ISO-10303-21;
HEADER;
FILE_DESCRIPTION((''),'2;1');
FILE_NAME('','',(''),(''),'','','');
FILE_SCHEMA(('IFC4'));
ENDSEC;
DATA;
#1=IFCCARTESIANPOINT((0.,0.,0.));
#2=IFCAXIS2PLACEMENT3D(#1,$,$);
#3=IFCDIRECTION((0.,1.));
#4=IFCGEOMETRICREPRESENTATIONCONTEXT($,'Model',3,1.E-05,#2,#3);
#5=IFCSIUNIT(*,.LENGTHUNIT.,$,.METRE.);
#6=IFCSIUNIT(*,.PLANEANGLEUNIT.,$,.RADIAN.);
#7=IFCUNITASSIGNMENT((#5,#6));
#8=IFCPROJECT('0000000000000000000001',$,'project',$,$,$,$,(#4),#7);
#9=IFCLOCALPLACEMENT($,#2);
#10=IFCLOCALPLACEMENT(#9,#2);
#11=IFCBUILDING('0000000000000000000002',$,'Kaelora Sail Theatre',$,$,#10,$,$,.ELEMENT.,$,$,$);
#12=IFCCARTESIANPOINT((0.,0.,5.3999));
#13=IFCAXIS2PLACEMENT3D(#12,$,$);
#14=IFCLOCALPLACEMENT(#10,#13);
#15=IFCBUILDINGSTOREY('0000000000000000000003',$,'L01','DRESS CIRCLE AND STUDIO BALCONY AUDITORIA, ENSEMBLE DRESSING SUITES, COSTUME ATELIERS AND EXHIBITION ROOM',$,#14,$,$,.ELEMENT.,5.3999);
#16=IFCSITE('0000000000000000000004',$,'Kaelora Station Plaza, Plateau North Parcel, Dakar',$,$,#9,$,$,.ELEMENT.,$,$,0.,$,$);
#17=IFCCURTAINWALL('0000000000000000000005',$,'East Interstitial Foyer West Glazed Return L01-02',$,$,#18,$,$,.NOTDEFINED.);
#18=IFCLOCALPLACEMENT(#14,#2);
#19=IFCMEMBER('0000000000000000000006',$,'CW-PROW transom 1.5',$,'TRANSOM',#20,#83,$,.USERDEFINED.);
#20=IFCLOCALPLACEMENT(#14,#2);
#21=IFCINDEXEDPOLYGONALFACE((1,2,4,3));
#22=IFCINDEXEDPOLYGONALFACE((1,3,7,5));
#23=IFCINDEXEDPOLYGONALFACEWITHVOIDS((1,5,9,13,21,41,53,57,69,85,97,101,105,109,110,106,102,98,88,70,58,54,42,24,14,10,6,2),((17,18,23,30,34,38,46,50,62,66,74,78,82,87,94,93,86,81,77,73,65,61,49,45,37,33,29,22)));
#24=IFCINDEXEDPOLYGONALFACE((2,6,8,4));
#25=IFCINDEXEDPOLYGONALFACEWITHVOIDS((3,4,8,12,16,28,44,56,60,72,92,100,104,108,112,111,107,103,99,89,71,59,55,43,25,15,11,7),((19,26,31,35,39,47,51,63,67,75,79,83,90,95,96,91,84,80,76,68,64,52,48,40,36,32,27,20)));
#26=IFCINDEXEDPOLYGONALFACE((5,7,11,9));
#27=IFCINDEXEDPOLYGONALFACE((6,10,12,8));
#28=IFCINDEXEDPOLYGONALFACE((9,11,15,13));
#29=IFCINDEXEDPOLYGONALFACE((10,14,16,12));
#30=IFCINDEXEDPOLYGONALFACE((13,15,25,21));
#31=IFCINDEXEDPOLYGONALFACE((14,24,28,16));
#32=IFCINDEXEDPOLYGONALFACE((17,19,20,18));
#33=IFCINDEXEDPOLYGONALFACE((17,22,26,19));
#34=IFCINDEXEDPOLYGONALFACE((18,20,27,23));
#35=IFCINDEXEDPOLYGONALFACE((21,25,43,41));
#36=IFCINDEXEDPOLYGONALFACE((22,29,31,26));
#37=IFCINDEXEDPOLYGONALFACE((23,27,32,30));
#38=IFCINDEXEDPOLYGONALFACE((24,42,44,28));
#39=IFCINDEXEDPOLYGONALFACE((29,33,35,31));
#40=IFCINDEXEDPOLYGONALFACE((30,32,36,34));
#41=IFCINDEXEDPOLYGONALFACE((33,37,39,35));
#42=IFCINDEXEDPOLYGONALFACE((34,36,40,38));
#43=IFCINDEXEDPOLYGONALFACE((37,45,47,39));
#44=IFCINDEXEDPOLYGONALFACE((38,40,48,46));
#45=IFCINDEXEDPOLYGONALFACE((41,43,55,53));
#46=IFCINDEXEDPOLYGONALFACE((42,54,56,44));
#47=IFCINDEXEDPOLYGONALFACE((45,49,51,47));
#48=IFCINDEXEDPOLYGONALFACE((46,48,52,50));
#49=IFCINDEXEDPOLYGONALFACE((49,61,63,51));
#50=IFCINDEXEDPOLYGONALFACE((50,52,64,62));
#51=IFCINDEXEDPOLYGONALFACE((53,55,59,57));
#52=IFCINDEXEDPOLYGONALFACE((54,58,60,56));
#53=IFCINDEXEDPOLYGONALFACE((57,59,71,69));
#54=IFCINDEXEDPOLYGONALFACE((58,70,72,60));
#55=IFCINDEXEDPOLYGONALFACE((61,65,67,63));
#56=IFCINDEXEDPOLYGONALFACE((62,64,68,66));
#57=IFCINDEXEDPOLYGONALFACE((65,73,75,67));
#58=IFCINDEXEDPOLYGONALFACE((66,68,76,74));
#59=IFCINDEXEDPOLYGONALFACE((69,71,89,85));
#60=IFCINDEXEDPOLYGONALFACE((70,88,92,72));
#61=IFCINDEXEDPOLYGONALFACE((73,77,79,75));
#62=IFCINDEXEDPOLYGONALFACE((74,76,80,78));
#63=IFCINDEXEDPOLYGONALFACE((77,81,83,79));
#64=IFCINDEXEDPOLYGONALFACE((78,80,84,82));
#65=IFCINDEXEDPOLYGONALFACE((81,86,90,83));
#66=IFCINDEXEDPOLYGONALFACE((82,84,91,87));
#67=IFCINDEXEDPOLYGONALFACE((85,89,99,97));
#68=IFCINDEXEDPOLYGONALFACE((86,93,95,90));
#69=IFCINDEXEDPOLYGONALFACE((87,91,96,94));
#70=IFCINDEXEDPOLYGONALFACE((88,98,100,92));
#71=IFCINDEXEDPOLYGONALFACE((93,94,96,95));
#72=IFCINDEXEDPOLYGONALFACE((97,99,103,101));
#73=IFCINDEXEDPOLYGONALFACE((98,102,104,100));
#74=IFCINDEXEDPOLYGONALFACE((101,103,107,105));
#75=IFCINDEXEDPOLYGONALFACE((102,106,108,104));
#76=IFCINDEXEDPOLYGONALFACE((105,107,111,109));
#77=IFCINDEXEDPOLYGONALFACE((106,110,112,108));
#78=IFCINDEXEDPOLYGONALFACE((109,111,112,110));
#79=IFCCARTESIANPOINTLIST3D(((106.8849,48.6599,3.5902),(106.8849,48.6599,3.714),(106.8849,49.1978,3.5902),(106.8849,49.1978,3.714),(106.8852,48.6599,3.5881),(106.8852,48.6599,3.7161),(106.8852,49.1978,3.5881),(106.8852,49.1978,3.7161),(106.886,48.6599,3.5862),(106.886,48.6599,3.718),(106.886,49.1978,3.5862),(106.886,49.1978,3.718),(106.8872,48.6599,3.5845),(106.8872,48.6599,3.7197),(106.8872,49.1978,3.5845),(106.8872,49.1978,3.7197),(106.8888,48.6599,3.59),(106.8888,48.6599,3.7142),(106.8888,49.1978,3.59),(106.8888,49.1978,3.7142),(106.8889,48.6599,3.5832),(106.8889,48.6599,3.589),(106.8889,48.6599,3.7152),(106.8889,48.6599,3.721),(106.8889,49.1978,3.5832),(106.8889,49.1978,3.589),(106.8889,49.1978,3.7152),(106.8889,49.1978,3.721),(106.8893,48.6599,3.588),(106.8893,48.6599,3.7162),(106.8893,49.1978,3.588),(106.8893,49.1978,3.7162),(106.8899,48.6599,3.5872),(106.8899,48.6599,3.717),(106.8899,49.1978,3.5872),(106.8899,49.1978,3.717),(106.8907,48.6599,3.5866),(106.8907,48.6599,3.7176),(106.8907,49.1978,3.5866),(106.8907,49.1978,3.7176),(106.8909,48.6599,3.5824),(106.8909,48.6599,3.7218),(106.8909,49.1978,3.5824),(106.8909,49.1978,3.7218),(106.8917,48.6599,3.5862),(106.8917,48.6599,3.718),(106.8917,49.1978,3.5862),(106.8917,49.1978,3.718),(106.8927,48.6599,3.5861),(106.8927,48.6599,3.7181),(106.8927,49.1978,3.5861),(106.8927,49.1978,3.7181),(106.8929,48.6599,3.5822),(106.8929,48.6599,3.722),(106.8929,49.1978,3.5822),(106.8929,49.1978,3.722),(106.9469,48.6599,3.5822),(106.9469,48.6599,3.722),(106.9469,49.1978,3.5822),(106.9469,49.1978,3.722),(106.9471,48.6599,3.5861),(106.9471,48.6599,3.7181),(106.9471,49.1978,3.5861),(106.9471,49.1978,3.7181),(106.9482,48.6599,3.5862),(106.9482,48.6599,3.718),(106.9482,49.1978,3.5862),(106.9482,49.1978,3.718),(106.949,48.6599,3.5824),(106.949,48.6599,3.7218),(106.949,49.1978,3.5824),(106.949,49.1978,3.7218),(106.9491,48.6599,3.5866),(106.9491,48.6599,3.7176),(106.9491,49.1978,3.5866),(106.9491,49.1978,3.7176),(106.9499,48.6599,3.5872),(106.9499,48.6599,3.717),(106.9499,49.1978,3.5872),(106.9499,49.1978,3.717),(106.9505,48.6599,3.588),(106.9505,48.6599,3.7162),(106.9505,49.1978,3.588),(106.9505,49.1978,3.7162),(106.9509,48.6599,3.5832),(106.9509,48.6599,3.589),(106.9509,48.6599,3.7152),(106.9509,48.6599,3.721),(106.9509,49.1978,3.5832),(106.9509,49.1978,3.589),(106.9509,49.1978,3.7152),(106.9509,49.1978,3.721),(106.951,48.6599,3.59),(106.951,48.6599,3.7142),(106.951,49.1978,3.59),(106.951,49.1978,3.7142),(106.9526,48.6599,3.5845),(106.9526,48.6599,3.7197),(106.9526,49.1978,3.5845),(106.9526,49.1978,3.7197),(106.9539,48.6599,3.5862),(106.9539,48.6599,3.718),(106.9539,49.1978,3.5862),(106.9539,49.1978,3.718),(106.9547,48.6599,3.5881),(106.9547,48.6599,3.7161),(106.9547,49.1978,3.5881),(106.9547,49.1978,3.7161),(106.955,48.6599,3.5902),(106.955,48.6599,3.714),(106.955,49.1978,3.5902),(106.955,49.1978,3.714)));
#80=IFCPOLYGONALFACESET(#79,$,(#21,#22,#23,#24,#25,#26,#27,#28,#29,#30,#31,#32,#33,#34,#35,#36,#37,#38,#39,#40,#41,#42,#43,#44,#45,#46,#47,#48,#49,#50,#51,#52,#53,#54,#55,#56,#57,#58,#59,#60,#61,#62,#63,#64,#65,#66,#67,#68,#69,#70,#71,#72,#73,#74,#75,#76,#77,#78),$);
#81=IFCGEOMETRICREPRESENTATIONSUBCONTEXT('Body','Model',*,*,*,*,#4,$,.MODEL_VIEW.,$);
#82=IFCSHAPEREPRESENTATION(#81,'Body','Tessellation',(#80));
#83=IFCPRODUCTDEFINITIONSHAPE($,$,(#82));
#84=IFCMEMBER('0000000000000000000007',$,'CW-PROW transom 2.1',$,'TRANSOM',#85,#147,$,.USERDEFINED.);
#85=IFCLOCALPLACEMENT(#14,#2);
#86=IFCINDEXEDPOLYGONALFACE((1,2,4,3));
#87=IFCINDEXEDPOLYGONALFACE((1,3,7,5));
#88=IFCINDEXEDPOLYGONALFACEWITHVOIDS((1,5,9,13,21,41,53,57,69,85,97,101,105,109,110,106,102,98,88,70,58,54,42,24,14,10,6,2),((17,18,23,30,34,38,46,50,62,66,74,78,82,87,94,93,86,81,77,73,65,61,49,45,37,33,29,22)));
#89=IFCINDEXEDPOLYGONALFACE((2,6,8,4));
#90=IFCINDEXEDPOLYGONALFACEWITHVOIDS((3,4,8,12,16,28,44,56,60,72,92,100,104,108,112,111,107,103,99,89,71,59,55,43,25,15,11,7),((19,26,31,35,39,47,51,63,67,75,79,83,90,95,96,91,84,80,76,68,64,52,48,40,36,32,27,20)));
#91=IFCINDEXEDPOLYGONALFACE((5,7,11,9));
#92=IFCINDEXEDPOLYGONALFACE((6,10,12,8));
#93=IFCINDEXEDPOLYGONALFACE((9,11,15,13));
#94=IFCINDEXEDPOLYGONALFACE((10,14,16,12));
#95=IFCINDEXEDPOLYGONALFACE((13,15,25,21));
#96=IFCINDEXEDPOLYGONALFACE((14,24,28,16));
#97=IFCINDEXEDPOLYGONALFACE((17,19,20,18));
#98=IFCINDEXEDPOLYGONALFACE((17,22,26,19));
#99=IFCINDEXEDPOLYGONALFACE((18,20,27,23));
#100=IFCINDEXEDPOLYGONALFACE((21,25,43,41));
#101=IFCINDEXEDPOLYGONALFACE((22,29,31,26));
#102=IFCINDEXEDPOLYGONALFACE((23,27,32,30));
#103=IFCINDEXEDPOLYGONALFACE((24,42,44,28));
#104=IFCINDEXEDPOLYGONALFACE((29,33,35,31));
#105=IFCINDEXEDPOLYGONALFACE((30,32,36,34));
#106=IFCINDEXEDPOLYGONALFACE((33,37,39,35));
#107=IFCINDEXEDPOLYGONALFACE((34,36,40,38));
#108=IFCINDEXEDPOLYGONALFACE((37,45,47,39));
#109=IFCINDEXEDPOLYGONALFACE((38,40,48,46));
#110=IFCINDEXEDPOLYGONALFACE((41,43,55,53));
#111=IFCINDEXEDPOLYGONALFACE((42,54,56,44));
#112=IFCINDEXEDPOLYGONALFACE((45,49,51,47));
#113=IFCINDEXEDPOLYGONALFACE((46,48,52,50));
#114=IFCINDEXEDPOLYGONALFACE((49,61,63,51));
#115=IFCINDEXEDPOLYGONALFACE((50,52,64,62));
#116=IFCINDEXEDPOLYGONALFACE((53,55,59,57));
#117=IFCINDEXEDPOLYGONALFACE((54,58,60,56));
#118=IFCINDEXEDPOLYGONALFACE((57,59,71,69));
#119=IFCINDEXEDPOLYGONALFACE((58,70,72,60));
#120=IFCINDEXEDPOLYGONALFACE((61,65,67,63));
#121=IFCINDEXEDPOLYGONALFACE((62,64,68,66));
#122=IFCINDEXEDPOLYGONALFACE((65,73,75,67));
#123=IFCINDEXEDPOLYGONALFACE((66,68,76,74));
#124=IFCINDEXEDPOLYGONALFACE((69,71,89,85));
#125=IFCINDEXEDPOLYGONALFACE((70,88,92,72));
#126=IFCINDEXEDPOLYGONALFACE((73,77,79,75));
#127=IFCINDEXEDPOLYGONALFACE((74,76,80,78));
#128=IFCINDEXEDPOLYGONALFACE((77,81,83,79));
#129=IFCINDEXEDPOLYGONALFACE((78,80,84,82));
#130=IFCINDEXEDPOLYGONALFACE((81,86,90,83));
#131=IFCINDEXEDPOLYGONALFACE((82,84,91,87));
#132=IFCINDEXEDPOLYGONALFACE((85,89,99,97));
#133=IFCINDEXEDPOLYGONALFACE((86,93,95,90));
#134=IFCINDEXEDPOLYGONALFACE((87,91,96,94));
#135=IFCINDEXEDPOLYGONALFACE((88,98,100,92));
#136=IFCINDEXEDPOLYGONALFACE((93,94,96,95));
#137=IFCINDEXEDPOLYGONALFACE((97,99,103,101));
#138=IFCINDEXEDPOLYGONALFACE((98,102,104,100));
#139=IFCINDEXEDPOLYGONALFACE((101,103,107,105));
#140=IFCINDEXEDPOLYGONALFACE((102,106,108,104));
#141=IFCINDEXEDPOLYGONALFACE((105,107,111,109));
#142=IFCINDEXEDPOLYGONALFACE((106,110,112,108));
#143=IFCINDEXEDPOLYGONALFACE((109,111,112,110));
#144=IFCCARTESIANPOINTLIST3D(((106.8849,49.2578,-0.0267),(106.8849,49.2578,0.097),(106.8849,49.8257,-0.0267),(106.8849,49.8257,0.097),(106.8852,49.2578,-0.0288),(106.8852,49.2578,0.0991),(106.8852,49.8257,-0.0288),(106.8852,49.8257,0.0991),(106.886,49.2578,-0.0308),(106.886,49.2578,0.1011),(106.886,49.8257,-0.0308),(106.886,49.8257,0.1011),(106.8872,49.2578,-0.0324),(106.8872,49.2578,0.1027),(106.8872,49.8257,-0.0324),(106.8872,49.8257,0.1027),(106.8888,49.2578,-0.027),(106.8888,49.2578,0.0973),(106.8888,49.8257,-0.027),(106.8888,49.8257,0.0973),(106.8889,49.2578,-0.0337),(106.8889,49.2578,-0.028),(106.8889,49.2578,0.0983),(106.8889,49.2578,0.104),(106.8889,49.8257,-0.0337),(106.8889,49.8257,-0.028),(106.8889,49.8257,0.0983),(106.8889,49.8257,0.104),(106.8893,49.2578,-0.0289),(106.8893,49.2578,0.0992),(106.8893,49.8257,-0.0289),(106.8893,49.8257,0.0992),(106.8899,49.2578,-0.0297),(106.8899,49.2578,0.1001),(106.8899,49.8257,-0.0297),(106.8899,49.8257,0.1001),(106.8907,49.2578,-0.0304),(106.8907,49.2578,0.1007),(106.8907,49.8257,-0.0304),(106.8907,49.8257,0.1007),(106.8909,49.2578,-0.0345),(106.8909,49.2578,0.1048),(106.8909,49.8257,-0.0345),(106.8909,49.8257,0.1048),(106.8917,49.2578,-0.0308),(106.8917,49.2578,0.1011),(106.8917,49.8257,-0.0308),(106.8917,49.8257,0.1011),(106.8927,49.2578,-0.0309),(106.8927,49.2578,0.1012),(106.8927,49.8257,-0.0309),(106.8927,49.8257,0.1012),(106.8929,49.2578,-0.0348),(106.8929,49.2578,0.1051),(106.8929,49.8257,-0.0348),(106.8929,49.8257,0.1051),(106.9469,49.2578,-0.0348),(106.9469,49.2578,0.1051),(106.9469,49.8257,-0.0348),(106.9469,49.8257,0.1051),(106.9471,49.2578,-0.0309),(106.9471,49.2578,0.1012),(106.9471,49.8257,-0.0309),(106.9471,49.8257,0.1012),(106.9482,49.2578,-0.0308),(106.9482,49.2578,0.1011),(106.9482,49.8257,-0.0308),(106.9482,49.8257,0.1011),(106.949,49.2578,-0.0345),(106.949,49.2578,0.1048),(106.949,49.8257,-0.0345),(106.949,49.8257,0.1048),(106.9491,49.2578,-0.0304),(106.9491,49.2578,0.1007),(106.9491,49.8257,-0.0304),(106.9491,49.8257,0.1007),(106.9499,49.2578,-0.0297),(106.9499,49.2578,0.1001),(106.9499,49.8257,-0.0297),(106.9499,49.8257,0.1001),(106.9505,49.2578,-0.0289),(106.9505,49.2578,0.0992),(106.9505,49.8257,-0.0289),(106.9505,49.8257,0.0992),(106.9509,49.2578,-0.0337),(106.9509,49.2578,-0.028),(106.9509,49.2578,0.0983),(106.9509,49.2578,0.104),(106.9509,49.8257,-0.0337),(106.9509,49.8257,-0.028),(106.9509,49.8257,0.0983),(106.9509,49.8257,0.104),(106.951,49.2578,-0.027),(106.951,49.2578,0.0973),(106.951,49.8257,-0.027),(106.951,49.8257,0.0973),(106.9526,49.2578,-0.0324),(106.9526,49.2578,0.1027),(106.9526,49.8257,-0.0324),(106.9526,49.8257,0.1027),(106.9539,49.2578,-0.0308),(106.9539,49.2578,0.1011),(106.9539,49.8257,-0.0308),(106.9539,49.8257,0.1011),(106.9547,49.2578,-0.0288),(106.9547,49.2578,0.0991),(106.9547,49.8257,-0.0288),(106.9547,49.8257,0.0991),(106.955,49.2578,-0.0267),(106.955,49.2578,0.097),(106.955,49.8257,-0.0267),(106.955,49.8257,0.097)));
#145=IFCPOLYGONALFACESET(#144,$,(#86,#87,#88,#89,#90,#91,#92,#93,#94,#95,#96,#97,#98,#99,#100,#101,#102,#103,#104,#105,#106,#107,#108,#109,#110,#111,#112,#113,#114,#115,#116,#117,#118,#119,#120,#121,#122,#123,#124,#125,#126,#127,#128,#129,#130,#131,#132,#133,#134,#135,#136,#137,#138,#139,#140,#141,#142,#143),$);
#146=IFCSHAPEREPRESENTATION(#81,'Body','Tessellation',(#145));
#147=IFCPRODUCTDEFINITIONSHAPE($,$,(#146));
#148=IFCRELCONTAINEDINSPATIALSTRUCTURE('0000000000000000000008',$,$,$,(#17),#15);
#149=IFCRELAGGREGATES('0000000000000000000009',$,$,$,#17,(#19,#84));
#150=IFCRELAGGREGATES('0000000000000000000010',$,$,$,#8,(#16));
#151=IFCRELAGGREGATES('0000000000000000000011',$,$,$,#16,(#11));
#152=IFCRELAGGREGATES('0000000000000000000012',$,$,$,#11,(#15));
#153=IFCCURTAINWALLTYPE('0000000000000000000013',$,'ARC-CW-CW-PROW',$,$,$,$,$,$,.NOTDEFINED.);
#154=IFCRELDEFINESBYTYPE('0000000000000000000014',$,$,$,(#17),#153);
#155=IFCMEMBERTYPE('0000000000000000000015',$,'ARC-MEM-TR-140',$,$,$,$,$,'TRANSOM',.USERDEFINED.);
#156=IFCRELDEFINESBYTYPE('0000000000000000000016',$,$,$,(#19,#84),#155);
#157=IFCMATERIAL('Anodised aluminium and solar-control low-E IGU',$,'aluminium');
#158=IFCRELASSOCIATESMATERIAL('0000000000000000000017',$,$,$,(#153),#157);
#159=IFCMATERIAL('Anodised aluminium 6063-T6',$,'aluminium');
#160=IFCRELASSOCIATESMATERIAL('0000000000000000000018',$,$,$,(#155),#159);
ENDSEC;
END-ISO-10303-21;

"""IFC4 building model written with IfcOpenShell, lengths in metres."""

from ifc_helpers import new_model, si_unit, direction, frame, origin, origin_2d, place, context, subcontext, project, spatial, hollow_rectangle, extrude, material, material_profile, profile_set, type_object, element, aggregate, save


model = new_model("IFC4")

# Units and contexts
model_context = context("Model", 3, precision=1e-05, world=origin(), true_north=direction((0.0, 1.0)))
body_context = subcontext(model_context, "Body", "Model", "MODEL_VIEW")
ifc_project = project(units=[si_unit("LENGTHUNIT", "METRE"), si_unit("PLANEANGLEUNIT", "RADIAN")], contexts=[model_context])

# Site, building, storey
site_placement = place(None, origin())
site = spatial("IfcSite", under=ifc_project, at=site_placement, Name="Kaelora Station Plaza, Plateau North Parcel, Dakar", CompositionType="ELEMENT", RefElevation=0.0)
building_placement = place(site_placement, origin())
building = spatial("IfcBuilding", under=site, at=building_placement, Name="Kaelora Sail Theatre", CompositionType="ELEMENT")
storey_placement = place(building_placement, frame((0.0, 0.0, 5.3999)))
storey = spatial("IfcBuildingStorey", under=building, at=storey_placement, Name="L01", Description="DRESS CIRCLE AND STUDIO BALCONY AUDITORIA, ENSEMBLE DRESSING SUITES, COSTUME ATELIERS AND EXHIBITION ROOM", CompositionType="ELEMENT", Elevation=5.3999)

# Shared definitions
ifc_material_1 = material(Name="Anodised aluminium and solar-control low-E IGU", Category="aluminium")
curtain_wall_type = type_object("IfcCurtainWallType", Name="ARC-CW-CW-PROW", PredefinedType="NOTDEFINED", material=ifc_material_1)

# Curtain wall, members
curtain_wall_1_placement = place(storey_placement, origin())
curtain_wall_1 = element("IfcCurtainWall", 1, at=curtain_wall_1_placement, inside=storey, type_object=curtain_wall_type, Name="East Interstitial Foyer West Glazed Return L01-02", PredefinedType="NOTDEFINED")
ifc_material_2 = material(Name="Anodised aluminium 6063-T6", Category="aluminium")
ifc_material_profile_1 = material_profile(ifc_material_2, hollow_rectangle(XDim=0.0701, YDim=0.1399, WallThickness=0.0039, InnerFilletRadius=0.0039, OuterFilletRadius=0.0081, at=origin_2d()), Name="ALU-TRAN 70x140x4")
ifc_profile_set_1 = profile_set([ifc_material_profile_1], Name="Anodised aluminium 6063-T6")
member_type_1 = type_object("IfcMemberType", Name="ARC-MEM-TR-140", ElementType="TRANSOM", PredefinedType="USERDEFINED", material=ifc_profile_set_1)
member_1_placement = place(storey_placement, frame((106.9199, 48.6599, 3.6521), z_axis=(0.0, 1.0, 0.0), x_axis=(-1.0, 0.0, 0.0)))
member_1 = element("IfcMember", 2, at=member_1_placement, type_object=member_type_1, Name="CW-PROW transom 1.5", ObjectType="TRANSOM", PredefinedType="USERDEFINED", context=body_context, shape_type="SweptSolid", body=[
    extrude(hollow_rectangle(XDim=0.0701, YDim=0.1399, WallThickness=0.0039, InnerFilletRadius=0.0039, OuterFilletRadius=0.0081, at=origin_2d()), origin(), (0.0, 0.0, 1.0), 0.5378),
])
member_2_placement = place(storey_placement, frame((106.9199, 49.2578, 0.0352), z_axis=(0.0, 1.0, 0.0), x_axis=(-1.0, 0.0, 0.0)))
member_2 = element("IfcMember", 3, at=member_2_placement, type_object=member_type_1, Name="CW-PROW transom 2.1", ObjectType="TRANSOM", PredefinedType="USERDEFINED", context=body_context, shape_type="SweptSolid", body=[
    extrude(hollow_rectangle(XDim=0.0701, YDim=0.1399, WallThickness=0.0039, InnerFilletRadius=0.0039, OuterFilletRadius=0.0081, at=origin_2d()), origin(), (0.0, 0.0, 1.0), 0.5679),
])

aggregate(curtain_wall_1, [member_1, member_2])

save(model, "model.ifc")
